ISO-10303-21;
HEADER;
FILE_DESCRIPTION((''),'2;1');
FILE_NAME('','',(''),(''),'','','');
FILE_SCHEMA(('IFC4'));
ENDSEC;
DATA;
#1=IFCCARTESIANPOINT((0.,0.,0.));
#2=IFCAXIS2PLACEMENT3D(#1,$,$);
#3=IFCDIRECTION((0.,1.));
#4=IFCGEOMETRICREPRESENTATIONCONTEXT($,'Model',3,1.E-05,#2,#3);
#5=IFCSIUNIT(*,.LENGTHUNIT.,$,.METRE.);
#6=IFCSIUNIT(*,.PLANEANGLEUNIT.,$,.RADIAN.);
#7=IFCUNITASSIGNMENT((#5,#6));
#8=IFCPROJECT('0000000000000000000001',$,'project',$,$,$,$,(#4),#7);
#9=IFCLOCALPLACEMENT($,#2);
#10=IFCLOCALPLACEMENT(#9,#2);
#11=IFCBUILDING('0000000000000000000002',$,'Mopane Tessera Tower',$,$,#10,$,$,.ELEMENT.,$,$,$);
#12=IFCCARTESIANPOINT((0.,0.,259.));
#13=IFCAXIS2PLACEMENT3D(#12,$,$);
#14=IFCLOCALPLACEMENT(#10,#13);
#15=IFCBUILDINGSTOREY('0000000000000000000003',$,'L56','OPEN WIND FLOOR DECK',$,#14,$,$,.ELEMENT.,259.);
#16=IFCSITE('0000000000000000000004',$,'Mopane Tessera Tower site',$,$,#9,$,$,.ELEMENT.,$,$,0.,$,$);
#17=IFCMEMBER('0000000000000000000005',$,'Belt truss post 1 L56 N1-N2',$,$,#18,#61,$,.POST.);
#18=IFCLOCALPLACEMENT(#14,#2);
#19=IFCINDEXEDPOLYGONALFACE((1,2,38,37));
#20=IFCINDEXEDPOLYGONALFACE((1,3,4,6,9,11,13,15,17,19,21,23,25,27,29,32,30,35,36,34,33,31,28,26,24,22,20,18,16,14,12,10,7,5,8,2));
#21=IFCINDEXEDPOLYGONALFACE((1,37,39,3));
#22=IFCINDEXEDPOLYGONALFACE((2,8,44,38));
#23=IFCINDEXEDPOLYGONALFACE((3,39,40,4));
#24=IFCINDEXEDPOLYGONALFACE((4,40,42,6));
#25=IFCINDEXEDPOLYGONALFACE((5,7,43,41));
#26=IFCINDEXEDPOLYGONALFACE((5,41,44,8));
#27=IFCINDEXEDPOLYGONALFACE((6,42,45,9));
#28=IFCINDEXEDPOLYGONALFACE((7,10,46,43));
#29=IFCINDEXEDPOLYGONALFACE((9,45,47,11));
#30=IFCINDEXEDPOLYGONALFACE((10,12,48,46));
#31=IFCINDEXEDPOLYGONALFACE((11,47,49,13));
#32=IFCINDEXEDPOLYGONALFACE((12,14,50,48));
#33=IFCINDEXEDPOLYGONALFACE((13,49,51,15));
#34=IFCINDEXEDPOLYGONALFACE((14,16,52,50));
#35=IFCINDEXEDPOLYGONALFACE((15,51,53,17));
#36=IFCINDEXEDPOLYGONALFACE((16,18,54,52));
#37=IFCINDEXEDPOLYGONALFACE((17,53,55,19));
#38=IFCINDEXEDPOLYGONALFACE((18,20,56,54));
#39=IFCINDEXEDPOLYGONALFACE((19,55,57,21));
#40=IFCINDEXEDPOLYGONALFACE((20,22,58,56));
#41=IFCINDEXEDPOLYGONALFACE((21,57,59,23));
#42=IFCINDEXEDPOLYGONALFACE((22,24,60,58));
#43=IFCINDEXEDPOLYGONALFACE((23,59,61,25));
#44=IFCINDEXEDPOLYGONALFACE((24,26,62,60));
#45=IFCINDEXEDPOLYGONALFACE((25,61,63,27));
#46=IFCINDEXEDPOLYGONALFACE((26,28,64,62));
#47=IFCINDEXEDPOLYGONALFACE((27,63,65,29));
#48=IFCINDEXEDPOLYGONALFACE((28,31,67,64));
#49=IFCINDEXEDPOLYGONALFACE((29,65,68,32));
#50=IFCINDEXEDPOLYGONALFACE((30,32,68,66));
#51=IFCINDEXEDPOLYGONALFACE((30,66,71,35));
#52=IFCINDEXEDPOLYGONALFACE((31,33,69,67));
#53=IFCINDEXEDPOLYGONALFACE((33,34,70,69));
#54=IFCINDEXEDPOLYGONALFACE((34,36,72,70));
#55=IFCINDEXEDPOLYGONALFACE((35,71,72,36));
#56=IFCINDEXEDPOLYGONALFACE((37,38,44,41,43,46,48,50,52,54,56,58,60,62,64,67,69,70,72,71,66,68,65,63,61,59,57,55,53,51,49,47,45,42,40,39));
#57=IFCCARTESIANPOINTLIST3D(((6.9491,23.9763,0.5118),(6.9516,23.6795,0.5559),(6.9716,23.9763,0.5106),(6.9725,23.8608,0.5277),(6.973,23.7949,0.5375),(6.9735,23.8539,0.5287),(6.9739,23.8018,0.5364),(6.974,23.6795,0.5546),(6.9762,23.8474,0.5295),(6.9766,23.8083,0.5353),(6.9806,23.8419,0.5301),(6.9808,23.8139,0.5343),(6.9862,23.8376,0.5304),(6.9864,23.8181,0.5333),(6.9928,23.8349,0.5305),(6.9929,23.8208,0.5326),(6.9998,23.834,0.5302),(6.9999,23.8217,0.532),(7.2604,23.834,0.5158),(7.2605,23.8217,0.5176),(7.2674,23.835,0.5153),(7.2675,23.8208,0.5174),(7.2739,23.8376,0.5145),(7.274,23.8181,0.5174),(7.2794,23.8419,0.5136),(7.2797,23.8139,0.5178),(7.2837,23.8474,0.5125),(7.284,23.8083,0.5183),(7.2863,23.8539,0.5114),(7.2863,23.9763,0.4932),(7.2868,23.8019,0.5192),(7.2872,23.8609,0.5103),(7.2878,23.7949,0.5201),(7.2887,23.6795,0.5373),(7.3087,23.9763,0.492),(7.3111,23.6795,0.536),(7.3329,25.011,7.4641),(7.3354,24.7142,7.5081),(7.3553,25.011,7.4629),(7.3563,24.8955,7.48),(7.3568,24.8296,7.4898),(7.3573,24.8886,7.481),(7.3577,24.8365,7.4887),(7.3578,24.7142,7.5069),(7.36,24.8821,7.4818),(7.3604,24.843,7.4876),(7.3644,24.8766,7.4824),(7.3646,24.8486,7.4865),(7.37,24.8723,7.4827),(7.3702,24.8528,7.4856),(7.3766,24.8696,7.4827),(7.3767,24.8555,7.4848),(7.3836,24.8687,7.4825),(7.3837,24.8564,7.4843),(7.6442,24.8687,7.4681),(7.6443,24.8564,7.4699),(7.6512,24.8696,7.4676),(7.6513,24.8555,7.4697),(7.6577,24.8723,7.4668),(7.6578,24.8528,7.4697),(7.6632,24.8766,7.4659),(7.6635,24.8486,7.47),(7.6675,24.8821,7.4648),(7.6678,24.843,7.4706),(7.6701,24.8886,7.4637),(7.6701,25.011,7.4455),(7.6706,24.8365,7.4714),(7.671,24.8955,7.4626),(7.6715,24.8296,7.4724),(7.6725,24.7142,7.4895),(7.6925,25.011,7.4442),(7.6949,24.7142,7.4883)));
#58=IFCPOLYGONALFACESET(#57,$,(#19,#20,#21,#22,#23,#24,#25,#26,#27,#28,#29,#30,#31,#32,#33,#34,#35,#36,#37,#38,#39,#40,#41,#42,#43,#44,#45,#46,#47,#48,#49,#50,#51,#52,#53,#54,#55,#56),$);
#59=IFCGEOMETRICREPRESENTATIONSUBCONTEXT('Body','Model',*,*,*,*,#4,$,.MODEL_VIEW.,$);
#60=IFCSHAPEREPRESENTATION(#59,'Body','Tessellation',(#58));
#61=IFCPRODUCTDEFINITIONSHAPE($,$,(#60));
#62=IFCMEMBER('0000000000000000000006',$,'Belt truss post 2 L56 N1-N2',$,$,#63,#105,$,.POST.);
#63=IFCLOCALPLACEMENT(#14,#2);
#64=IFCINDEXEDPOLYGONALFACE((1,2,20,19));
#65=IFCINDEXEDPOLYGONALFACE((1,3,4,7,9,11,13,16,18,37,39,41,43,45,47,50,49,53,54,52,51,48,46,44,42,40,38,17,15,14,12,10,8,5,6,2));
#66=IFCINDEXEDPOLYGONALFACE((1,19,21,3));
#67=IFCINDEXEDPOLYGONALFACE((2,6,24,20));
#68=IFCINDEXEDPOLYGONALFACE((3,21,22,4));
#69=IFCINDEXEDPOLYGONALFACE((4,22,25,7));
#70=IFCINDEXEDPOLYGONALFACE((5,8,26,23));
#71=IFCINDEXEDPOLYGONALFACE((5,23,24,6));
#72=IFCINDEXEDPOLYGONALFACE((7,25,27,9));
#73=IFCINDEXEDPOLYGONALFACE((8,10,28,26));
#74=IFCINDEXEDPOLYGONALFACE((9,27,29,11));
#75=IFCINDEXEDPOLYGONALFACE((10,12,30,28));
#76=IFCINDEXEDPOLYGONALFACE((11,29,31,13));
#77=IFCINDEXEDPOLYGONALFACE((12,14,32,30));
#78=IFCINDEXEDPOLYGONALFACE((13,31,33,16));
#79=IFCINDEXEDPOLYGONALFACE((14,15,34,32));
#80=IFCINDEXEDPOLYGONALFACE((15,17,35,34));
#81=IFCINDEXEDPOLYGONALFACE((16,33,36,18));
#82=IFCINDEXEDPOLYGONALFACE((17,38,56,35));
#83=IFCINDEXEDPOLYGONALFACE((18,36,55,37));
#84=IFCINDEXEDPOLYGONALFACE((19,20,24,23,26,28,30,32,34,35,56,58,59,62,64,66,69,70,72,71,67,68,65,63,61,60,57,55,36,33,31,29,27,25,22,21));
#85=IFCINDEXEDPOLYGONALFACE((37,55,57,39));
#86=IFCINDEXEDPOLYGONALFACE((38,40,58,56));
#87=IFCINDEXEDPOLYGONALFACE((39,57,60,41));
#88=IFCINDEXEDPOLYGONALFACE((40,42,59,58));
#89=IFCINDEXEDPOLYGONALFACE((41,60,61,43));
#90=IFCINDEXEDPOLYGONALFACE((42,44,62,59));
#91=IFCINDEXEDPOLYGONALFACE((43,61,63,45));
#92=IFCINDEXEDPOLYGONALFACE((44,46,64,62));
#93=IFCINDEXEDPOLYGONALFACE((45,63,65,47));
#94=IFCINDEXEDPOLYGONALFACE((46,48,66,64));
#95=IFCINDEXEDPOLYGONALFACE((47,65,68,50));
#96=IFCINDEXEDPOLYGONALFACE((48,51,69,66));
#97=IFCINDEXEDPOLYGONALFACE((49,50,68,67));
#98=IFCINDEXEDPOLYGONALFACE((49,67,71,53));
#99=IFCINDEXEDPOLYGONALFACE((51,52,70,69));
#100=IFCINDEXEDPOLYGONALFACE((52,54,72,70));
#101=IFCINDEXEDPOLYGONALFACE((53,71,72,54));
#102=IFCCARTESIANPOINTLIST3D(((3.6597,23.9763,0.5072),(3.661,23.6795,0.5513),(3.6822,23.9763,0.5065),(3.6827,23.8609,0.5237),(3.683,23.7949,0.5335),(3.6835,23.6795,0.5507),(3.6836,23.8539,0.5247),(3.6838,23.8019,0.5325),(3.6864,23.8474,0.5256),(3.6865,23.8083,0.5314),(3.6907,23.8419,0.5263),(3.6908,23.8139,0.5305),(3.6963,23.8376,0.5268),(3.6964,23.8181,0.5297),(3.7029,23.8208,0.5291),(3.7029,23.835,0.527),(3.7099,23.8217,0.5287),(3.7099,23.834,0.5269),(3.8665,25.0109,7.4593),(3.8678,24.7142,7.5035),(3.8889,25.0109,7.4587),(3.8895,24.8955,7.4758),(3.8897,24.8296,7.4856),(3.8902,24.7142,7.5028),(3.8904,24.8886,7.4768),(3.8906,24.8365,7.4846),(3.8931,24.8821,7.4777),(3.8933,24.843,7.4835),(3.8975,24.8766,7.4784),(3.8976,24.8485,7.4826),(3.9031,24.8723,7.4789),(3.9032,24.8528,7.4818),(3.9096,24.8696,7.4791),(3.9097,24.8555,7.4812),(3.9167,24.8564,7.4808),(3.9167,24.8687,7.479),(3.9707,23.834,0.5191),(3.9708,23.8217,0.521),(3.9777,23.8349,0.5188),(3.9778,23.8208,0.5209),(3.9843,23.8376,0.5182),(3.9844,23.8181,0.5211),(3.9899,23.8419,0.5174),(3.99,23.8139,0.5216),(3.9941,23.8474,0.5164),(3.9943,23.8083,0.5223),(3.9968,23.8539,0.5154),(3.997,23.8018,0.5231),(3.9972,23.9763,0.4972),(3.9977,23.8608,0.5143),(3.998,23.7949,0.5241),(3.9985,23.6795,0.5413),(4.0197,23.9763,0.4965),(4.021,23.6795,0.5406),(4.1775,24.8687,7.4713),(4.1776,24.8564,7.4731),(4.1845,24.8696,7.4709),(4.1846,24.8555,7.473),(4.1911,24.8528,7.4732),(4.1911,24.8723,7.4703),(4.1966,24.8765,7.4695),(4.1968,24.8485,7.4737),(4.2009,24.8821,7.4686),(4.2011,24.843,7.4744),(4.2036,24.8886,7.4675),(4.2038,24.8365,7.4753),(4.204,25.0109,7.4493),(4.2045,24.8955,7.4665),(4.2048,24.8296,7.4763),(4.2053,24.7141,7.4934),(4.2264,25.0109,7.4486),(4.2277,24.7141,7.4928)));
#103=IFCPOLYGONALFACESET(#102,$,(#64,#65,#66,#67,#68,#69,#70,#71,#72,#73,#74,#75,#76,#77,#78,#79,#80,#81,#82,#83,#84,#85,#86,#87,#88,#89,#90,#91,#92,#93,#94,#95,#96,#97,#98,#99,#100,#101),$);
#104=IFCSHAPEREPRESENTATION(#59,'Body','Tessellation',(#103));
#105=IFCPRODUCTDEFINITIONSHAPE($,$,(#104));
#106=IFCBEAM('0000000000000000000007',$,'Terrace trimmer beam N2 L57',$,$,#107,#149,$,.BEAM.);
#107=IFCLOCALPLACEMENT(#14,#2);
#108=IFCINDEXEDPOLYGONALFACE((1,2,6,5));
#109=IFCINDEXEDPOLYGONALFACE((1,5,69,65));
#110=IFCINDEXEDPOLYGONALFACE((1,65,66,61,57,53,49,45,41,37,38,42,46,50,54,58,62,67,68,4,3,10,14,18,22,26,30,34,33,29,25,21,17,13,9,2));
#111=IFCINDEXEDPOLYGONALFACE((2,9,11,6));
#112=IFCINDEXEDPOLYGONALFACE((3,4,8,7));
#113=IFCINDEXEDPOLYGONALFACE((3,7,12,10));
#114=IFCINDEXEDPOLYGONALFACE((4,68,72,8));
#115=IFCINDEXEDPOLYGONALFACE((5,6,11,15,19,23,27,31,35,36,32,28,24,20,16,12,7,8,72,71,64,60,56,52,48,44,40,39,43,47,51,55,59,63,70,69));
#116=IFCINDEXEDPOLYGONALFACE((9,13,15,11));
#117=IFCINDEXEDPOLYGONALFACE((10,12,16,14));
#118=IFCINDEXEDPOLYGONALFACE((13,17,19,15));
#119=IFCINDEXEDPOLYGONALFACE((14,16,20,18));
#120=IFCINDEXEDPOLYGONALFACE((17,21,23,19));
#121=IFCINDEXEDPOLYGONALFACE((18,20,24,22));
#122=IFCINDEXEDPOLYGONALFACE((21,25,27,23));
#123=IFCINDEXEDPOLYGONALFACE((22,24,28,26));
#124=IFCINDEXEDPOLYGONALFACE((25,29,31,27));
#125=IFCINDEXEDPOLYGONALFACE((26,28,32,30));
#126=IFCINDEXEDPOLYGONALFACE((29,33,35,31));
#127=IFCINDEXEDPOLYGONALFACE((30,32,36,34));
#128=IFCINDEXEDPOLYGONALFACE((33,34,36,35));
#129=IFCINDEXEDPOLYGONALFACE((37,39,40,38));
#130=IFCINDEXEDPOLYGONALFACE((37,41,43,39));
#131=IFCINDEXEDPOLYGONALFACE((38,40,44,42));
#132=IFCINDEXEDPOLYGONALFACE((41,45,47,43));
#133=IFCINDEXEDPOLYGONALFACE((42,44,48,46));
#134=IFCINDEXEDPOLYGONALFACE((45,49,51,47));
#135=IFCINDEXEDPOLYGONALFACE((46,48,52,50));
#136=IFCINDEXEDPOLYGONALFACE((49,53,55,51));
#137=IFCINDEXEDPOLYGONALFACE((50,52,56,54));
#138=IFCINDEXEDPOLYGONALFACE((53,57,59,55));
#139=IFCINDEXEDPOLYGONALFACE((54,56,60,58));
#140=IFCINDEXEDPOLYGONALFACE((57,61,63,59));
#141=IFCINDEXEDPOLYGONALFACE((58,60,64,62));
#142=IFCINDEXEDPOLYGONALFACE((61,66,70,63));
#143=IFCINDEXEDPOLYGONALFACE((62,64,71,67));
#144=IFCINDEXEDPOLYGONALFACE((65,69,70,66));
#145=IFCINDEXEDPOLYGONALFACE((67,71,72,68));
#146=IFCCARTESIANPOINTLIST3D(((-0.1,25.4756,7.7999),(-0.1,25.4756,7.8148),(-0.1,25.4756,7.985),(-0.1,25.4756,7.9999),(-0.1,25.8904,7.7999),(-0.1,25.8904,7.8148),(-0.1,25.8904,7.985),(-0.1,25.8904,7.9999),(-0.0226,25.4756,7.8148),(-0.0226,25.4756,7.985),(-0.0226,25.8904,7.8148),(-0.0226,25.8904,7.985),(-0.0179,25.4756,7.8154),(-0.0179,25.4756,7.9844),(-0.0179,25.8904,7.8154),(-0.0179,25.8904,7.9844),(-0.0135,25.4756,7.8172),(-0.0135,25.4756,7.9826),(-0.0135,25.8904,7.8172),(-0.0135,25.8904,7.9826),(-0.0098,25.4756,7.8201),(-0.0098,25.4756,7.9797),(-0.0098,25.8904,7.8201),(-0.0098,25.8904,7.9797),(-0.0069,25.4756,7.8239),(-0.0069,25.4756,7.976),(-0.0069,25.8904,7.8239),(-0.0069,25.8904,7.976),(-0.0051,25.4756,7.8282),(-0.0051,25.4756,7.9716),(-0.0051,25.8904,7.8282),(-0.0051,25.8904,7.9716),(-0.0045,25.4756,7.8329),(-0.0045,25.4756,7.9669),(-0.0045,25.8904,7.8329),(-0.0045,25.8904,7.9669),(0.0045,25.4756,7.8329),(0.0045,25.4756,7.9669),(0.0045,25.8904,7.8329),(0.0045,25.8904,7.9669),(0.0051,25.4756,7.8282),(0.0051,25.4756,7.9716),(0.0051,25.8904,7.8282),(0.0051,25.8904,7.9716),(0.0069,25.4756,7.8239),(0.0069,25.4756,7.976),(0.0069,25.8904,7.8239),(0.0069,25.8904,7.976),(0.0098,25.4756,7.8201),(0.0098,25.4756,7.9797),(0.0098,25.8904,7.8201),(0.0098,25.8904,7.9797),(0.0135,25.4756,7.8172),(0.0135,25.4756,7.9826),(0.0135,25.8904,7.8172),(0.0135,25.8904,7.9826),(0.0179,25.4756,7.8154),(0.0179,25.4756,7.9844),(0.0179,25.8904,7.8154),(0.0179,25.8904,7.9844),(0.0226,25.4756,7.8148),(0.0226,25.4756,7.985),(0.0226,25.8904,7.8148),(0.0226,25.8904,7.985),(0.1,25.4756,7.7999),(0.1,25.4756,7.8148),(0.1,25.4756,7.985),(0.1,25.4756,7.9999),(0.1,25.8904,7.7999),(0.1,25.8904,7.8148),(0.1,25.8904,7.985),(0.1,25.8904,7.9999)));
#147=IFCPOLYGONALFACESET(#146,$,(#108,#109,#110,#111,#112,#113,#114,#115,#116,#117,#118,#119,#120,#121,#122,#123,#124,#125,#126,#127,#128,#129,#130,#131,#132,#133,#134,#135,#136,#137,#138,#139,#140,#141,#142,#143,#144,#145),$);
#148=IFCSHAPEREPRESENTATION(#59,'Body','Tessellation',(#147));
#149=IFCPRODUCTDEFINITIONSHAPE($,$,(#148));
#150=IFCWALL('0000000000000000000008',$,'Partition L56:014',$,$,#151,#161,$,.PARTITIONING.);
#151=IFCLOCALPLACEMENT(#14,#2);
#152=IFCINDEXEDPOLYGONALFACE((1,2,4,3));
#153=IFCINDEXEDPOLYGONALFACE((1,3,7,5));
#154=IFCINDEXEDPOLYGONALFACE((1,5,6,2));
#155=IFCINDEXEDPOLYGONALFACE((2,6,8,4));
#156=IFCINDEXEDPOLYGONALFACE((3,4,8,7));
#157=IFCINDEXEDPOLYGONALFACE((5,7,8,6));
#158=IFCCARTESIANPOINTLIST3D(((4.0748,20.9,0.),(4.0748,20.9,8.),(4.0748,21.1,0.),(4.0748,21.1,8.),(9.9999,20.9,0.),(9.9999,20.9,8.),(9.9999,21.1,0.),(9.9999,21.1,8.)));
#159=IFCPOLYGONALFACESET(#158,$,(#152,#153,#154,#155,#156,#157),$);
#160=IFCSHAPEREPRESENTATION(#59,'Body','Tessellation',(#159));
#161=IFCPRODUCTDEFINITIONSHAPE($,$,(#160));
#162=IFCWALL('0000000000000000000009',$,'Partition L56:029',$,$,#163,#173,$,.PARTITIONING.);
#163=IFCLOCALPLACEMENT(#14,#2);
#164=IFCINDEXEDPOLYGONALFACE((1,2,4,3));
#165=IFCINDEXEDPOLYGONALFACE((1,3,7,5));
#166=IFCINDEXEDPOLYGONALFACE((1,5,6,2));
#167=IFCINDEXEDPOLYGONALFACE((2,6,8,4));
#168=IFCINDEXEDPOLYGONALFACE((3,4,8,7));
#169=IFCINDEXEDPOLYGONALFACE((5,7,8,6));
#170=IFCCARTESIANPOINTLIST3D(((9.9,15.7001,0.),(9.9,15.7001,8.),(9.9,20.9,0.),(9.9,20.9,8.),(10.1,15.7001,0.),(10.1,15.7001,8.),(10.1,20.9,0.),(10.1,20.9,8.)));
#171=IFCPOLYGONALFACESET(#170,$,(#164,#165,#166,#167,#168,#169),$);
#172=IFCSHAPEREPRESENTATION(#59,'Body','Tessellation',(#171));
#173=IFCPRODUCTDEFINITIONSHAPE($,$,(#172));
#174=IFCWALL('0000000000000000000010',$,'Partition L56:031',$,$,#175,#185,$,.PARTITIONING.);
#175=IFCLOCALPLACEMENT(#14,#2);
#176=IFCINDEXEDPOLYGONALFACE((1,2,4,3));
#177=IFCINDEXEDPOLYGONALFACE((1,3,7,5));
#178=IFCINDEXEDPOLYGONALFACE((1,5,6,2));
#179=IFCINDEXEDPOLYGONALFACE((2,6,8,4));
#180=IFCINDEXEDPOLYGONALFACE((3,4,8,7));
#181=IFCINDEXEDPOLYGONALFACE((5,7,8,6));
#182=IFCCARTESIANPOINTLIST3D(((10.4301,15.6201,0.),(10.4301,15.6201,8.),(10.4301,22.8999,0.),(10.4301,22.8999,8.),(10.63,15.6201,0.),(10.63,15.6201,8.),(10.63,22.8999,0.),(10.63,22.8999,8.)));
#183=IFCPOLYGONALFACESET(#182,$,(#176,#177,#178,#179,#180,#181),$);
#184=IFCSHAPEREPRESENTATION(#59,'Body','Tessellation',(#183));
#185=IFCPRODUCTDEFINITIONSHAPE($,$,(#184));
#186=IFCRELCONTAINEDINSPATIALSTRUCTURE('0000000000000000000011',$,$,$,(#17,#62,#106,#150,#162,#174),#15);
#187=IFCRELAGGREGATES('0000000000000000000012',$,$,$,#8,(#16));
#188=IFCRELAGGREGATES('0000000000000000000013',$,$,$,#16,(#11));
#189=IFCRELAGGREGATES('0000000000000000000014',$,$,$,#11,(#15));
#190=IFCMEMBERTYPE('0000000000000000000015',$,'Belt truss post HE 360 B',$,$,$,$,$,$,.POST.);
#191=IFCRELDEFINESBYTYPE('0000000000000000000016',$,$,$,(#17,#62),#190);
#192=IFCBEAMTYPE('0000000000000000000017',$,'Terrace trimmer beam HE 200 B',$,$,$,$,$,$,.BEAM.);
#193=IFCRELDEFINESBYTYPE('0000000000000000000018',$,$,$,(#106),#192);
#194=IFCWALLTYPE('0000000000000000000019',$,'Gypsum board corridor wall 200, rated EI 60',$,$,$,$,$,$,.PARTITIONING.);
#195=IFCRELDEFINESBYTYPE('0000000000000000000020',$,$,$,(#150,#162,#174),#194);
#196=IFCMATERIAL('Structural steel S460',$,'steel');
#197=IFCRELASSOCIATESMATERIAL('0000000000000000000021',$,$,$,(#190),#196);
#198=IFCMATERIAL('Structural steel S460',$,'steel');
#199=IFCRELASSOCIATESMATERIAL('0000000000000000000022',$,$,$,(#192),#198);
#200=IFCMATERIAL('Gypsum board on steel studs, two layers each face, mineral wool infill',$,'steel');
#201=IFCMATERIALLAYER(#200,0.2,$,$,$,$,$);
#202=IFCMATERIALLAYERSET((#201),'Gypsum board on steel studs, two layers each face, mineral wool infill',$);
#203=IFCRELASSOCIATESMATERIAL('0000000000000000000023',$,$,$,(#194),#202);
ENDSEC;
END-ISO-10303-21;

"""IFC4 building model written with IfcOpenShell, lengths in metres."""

from ifc_helpers import new_model, si_unit, direction, frame, frame_2d, origin, origin_2d, place, context, subcontext, project, spatial, rectangle, i_section, extrude, material, layer, layer_set, material_profile, profile_set, type_object, element, save


model = new_model("IFC4")

# Units and contexts
model_context = context("Model", 3, precision=1e-05, world=origin(), true_north=direction((0.0, 1.0)))
body_context = subcontext(model_context, "Body", "Model", "MODEL_VIEW")
ifc_project = project(units=[si_unit("LENGTHUNIT", "METRE"), si_unit("PLANEANGLEUNIT", "RADIAN")], contexts=[model_context])

# Site, building, storey
site_placement = place(None, origin())
site = spatial("IfcSite", under=ifc_project, at=site_placement, Name="Mopane Tessera Tower site", CompositionType="ELEMENT", RefElevation=0.0)
building_placement = place(site_placement, origin())
building = spatial("IfcBuilding", under=site, at=building_placement, Name="Mopane Tessera Tower", CompositionType="ELEMENT")
storey_placement = place(building_placement, frame((0.0, 0.0, 259.0)))
storey = spatial("IfcBuildingStorey", under=building, at=storey_placement, Name="L56", Description="OPEN WIND FLOOR DECK", CompositionType="ELEMENT", Elevation=259.0)

# Members
ifc_material_1 = material(Name="Structural steel S460", Category="steel")
ifc_material_profile_1 = material_profile(ifc_material_1, i_section(OverallWidth=0.3, OverallDepth=0.3601, WebThickness=0.0125, FlangeThickness=0.0225, FilletRadius=0.0271, at=origin_2d()))
ifc_profile_set_1 = profile_set([ifc_material_profile_1], Name="Structural steel S460")
member_type_1 = type_object("IfcMemberType", Name="Belt truss post HE 360 B", PredefinedType="POST", material=ifc_profile_set_1)
member_1_placement = place(storey_placement, frame((7.1301, 23.8279, 0.5239), z_axis=(0.054522, 0.146987, 0.987635), x_axis=(0.008143, -0.989138, 0.146761)))
element("IfcMember", 1, at=member_1_placement, inside=storey, type_object=member_type_1, Name="Belt truss post 1 L56 N1-N2", PredefinedType="POST", context=body_context, shape_type="SweptSolid", body=[
    extrude(i_section(OverallWidth=0.3, OverallDepth=0.3601, WebThickness=0.0125, FlangeThickness=0.0225, FilletRadius=0.0271, at=origin_2d()), origin(), (0.0, 0.0, 1.0), 7.0393),
])
member_2_placement = place(storey_placement, frame((3.8403, 23.8279, 0.5239), z_axis=(0.029408, 0.147142, 0.988678), x_axis=(0.004329, -0.989115, 0.147078)))
element("IfcMember", 2, at=member_2_placement, inside=storey, type_object=member_type_1, Name="Belt truss post 2 L56 N1-N2", PredefinedType="POST", context=body_context, shape_type="SweptSolid", body=[
    extrude(i_section(OverallWidth=0.3, OverallDepth=0.3601, WebThickness=0.0125, FlangeThickness=0.0225, FilletRadius=0.0271, at=origin_2d()), origin(), (0.0, 0.0, 1.0), 7.0317),
])

# Beam
ifc_material_2 = material(Name="Structural steel S460", Category="steel")
ifc_material_profile_2 = material_profile(ifc_material_2, i_section(OverallWidth=0.2, OverallDepth=0.2, WebThickness=0.009, FlangeThickness=0.0149, FilletRadius=0.0181, at=origin_2d()))
ifc_profile_set_2 = profile_set([ifc_material_profile_2], Name="Structural steel S460")
beam_type = type_object("IfcBeamType", Name="Terrace trimmer beam HE 200 B", PredefinedType="BEAM", material=ifc_profile_set_2)
beam_placement = place(storey_placement, frame((0.0, 25.4756, 7.8999), z_axis=(0.0, 1.0, 0.0), x_axis=(-1.0, 0.0, 0.0)))
element("IfcBeam", 3, at=beam_placement, inside=storey, type_object=beam_type, Name="Terrace trimmer beam N2 L57", PredefinedType="BEAM", context=body_context, shape_type="SweptSolid", body=[
    extrude(i_section(OverallWidth=0.2, OverallDepth=0.2, WebThickness=0.009, FlangeThickness=0.0149, FilletRadius=0.0181, at=origin_2d()), origin(), (0.0, 0.0, 1.0), 0.4148),
])

# Walls
ifc_material_3 = material(Name="Gypsum board on steel studs, two layers each face, mineral wool infill", Category="steel")
ifc_layer_1 = layer(ifc_material_3, 0.2)
ifc_layer_set_1 = layer_set([ifc_layer_1], Name="Gypsum board on steel studs, two layers each face, mineral wool infill")
wall_type_1 = type_object("IfcWallType", Name="Gypsum board corridor wall 200, rated EI 60", PredefinedType="PARTITIONING", material=ifc_layer_set_1)
wall_1_placement = place(storey_placement, frame((4.075, 21.0, 0.0), z_axis=(0.0, 0.0, 1.0), x_axis=(1.0, 0.0, 0.0)))
element("IfcWall", 4, at=wall_1_placement, inside=storey, type_object=wall_type_1, Name="Partition L56:014", PredefinedType="PARTITIONING", context=body_context, shape_type="SweptSolid", body=[
    extrude(rectangle(XDim=5.925, YDim=0.2, at=frame_2d((2.9624, 0.0))), origin(), (0.0, 0.0, 1.0), 8.0),
])
wall_2_placement = place(storey_placement, frame((10.0, 15.7, 0.0), z_axis=(0.0, 0.0, 1.0), x_axis=(0.0, 1.0, 0.0)))
element("IfcWall", 5, at=wall_2_placement, inside=storey, type_object=wall_type_1, Name="Partition L56:029", PredefinedType="PARTITIONING", context=body_context, shape_type="SweptSolid", body=[
    extrude(rectangle(XDim=5.2, YDim=0.2, at=frame_2d((2.6001, 0.0))), origin(), (0.0, 0.0, 1.0), 8.0),
])
wall_3_placement = place(storey_placement, frame((10.53, 15.6201, 0.0), z_axis=(0.0, 0.0, 1.0), x_axis=(0.0, 1.0, 0.0)))
element("IfcWall", 6, at=wall_3_placement, inside=storey, type_object=wall_type_1, Name="Partition L56:031", PredefinedType="PARTITIONING", context=body_context, shape_type="SweptSolid", body=[
    extrude(rectangle(XDim=7.2798, YDim=0.2, at=frame_2d((3.6399, 0.0))), origin(), (0.0, 0.0, 1.0), 8.0),
])

save(model, "model.ifc")
